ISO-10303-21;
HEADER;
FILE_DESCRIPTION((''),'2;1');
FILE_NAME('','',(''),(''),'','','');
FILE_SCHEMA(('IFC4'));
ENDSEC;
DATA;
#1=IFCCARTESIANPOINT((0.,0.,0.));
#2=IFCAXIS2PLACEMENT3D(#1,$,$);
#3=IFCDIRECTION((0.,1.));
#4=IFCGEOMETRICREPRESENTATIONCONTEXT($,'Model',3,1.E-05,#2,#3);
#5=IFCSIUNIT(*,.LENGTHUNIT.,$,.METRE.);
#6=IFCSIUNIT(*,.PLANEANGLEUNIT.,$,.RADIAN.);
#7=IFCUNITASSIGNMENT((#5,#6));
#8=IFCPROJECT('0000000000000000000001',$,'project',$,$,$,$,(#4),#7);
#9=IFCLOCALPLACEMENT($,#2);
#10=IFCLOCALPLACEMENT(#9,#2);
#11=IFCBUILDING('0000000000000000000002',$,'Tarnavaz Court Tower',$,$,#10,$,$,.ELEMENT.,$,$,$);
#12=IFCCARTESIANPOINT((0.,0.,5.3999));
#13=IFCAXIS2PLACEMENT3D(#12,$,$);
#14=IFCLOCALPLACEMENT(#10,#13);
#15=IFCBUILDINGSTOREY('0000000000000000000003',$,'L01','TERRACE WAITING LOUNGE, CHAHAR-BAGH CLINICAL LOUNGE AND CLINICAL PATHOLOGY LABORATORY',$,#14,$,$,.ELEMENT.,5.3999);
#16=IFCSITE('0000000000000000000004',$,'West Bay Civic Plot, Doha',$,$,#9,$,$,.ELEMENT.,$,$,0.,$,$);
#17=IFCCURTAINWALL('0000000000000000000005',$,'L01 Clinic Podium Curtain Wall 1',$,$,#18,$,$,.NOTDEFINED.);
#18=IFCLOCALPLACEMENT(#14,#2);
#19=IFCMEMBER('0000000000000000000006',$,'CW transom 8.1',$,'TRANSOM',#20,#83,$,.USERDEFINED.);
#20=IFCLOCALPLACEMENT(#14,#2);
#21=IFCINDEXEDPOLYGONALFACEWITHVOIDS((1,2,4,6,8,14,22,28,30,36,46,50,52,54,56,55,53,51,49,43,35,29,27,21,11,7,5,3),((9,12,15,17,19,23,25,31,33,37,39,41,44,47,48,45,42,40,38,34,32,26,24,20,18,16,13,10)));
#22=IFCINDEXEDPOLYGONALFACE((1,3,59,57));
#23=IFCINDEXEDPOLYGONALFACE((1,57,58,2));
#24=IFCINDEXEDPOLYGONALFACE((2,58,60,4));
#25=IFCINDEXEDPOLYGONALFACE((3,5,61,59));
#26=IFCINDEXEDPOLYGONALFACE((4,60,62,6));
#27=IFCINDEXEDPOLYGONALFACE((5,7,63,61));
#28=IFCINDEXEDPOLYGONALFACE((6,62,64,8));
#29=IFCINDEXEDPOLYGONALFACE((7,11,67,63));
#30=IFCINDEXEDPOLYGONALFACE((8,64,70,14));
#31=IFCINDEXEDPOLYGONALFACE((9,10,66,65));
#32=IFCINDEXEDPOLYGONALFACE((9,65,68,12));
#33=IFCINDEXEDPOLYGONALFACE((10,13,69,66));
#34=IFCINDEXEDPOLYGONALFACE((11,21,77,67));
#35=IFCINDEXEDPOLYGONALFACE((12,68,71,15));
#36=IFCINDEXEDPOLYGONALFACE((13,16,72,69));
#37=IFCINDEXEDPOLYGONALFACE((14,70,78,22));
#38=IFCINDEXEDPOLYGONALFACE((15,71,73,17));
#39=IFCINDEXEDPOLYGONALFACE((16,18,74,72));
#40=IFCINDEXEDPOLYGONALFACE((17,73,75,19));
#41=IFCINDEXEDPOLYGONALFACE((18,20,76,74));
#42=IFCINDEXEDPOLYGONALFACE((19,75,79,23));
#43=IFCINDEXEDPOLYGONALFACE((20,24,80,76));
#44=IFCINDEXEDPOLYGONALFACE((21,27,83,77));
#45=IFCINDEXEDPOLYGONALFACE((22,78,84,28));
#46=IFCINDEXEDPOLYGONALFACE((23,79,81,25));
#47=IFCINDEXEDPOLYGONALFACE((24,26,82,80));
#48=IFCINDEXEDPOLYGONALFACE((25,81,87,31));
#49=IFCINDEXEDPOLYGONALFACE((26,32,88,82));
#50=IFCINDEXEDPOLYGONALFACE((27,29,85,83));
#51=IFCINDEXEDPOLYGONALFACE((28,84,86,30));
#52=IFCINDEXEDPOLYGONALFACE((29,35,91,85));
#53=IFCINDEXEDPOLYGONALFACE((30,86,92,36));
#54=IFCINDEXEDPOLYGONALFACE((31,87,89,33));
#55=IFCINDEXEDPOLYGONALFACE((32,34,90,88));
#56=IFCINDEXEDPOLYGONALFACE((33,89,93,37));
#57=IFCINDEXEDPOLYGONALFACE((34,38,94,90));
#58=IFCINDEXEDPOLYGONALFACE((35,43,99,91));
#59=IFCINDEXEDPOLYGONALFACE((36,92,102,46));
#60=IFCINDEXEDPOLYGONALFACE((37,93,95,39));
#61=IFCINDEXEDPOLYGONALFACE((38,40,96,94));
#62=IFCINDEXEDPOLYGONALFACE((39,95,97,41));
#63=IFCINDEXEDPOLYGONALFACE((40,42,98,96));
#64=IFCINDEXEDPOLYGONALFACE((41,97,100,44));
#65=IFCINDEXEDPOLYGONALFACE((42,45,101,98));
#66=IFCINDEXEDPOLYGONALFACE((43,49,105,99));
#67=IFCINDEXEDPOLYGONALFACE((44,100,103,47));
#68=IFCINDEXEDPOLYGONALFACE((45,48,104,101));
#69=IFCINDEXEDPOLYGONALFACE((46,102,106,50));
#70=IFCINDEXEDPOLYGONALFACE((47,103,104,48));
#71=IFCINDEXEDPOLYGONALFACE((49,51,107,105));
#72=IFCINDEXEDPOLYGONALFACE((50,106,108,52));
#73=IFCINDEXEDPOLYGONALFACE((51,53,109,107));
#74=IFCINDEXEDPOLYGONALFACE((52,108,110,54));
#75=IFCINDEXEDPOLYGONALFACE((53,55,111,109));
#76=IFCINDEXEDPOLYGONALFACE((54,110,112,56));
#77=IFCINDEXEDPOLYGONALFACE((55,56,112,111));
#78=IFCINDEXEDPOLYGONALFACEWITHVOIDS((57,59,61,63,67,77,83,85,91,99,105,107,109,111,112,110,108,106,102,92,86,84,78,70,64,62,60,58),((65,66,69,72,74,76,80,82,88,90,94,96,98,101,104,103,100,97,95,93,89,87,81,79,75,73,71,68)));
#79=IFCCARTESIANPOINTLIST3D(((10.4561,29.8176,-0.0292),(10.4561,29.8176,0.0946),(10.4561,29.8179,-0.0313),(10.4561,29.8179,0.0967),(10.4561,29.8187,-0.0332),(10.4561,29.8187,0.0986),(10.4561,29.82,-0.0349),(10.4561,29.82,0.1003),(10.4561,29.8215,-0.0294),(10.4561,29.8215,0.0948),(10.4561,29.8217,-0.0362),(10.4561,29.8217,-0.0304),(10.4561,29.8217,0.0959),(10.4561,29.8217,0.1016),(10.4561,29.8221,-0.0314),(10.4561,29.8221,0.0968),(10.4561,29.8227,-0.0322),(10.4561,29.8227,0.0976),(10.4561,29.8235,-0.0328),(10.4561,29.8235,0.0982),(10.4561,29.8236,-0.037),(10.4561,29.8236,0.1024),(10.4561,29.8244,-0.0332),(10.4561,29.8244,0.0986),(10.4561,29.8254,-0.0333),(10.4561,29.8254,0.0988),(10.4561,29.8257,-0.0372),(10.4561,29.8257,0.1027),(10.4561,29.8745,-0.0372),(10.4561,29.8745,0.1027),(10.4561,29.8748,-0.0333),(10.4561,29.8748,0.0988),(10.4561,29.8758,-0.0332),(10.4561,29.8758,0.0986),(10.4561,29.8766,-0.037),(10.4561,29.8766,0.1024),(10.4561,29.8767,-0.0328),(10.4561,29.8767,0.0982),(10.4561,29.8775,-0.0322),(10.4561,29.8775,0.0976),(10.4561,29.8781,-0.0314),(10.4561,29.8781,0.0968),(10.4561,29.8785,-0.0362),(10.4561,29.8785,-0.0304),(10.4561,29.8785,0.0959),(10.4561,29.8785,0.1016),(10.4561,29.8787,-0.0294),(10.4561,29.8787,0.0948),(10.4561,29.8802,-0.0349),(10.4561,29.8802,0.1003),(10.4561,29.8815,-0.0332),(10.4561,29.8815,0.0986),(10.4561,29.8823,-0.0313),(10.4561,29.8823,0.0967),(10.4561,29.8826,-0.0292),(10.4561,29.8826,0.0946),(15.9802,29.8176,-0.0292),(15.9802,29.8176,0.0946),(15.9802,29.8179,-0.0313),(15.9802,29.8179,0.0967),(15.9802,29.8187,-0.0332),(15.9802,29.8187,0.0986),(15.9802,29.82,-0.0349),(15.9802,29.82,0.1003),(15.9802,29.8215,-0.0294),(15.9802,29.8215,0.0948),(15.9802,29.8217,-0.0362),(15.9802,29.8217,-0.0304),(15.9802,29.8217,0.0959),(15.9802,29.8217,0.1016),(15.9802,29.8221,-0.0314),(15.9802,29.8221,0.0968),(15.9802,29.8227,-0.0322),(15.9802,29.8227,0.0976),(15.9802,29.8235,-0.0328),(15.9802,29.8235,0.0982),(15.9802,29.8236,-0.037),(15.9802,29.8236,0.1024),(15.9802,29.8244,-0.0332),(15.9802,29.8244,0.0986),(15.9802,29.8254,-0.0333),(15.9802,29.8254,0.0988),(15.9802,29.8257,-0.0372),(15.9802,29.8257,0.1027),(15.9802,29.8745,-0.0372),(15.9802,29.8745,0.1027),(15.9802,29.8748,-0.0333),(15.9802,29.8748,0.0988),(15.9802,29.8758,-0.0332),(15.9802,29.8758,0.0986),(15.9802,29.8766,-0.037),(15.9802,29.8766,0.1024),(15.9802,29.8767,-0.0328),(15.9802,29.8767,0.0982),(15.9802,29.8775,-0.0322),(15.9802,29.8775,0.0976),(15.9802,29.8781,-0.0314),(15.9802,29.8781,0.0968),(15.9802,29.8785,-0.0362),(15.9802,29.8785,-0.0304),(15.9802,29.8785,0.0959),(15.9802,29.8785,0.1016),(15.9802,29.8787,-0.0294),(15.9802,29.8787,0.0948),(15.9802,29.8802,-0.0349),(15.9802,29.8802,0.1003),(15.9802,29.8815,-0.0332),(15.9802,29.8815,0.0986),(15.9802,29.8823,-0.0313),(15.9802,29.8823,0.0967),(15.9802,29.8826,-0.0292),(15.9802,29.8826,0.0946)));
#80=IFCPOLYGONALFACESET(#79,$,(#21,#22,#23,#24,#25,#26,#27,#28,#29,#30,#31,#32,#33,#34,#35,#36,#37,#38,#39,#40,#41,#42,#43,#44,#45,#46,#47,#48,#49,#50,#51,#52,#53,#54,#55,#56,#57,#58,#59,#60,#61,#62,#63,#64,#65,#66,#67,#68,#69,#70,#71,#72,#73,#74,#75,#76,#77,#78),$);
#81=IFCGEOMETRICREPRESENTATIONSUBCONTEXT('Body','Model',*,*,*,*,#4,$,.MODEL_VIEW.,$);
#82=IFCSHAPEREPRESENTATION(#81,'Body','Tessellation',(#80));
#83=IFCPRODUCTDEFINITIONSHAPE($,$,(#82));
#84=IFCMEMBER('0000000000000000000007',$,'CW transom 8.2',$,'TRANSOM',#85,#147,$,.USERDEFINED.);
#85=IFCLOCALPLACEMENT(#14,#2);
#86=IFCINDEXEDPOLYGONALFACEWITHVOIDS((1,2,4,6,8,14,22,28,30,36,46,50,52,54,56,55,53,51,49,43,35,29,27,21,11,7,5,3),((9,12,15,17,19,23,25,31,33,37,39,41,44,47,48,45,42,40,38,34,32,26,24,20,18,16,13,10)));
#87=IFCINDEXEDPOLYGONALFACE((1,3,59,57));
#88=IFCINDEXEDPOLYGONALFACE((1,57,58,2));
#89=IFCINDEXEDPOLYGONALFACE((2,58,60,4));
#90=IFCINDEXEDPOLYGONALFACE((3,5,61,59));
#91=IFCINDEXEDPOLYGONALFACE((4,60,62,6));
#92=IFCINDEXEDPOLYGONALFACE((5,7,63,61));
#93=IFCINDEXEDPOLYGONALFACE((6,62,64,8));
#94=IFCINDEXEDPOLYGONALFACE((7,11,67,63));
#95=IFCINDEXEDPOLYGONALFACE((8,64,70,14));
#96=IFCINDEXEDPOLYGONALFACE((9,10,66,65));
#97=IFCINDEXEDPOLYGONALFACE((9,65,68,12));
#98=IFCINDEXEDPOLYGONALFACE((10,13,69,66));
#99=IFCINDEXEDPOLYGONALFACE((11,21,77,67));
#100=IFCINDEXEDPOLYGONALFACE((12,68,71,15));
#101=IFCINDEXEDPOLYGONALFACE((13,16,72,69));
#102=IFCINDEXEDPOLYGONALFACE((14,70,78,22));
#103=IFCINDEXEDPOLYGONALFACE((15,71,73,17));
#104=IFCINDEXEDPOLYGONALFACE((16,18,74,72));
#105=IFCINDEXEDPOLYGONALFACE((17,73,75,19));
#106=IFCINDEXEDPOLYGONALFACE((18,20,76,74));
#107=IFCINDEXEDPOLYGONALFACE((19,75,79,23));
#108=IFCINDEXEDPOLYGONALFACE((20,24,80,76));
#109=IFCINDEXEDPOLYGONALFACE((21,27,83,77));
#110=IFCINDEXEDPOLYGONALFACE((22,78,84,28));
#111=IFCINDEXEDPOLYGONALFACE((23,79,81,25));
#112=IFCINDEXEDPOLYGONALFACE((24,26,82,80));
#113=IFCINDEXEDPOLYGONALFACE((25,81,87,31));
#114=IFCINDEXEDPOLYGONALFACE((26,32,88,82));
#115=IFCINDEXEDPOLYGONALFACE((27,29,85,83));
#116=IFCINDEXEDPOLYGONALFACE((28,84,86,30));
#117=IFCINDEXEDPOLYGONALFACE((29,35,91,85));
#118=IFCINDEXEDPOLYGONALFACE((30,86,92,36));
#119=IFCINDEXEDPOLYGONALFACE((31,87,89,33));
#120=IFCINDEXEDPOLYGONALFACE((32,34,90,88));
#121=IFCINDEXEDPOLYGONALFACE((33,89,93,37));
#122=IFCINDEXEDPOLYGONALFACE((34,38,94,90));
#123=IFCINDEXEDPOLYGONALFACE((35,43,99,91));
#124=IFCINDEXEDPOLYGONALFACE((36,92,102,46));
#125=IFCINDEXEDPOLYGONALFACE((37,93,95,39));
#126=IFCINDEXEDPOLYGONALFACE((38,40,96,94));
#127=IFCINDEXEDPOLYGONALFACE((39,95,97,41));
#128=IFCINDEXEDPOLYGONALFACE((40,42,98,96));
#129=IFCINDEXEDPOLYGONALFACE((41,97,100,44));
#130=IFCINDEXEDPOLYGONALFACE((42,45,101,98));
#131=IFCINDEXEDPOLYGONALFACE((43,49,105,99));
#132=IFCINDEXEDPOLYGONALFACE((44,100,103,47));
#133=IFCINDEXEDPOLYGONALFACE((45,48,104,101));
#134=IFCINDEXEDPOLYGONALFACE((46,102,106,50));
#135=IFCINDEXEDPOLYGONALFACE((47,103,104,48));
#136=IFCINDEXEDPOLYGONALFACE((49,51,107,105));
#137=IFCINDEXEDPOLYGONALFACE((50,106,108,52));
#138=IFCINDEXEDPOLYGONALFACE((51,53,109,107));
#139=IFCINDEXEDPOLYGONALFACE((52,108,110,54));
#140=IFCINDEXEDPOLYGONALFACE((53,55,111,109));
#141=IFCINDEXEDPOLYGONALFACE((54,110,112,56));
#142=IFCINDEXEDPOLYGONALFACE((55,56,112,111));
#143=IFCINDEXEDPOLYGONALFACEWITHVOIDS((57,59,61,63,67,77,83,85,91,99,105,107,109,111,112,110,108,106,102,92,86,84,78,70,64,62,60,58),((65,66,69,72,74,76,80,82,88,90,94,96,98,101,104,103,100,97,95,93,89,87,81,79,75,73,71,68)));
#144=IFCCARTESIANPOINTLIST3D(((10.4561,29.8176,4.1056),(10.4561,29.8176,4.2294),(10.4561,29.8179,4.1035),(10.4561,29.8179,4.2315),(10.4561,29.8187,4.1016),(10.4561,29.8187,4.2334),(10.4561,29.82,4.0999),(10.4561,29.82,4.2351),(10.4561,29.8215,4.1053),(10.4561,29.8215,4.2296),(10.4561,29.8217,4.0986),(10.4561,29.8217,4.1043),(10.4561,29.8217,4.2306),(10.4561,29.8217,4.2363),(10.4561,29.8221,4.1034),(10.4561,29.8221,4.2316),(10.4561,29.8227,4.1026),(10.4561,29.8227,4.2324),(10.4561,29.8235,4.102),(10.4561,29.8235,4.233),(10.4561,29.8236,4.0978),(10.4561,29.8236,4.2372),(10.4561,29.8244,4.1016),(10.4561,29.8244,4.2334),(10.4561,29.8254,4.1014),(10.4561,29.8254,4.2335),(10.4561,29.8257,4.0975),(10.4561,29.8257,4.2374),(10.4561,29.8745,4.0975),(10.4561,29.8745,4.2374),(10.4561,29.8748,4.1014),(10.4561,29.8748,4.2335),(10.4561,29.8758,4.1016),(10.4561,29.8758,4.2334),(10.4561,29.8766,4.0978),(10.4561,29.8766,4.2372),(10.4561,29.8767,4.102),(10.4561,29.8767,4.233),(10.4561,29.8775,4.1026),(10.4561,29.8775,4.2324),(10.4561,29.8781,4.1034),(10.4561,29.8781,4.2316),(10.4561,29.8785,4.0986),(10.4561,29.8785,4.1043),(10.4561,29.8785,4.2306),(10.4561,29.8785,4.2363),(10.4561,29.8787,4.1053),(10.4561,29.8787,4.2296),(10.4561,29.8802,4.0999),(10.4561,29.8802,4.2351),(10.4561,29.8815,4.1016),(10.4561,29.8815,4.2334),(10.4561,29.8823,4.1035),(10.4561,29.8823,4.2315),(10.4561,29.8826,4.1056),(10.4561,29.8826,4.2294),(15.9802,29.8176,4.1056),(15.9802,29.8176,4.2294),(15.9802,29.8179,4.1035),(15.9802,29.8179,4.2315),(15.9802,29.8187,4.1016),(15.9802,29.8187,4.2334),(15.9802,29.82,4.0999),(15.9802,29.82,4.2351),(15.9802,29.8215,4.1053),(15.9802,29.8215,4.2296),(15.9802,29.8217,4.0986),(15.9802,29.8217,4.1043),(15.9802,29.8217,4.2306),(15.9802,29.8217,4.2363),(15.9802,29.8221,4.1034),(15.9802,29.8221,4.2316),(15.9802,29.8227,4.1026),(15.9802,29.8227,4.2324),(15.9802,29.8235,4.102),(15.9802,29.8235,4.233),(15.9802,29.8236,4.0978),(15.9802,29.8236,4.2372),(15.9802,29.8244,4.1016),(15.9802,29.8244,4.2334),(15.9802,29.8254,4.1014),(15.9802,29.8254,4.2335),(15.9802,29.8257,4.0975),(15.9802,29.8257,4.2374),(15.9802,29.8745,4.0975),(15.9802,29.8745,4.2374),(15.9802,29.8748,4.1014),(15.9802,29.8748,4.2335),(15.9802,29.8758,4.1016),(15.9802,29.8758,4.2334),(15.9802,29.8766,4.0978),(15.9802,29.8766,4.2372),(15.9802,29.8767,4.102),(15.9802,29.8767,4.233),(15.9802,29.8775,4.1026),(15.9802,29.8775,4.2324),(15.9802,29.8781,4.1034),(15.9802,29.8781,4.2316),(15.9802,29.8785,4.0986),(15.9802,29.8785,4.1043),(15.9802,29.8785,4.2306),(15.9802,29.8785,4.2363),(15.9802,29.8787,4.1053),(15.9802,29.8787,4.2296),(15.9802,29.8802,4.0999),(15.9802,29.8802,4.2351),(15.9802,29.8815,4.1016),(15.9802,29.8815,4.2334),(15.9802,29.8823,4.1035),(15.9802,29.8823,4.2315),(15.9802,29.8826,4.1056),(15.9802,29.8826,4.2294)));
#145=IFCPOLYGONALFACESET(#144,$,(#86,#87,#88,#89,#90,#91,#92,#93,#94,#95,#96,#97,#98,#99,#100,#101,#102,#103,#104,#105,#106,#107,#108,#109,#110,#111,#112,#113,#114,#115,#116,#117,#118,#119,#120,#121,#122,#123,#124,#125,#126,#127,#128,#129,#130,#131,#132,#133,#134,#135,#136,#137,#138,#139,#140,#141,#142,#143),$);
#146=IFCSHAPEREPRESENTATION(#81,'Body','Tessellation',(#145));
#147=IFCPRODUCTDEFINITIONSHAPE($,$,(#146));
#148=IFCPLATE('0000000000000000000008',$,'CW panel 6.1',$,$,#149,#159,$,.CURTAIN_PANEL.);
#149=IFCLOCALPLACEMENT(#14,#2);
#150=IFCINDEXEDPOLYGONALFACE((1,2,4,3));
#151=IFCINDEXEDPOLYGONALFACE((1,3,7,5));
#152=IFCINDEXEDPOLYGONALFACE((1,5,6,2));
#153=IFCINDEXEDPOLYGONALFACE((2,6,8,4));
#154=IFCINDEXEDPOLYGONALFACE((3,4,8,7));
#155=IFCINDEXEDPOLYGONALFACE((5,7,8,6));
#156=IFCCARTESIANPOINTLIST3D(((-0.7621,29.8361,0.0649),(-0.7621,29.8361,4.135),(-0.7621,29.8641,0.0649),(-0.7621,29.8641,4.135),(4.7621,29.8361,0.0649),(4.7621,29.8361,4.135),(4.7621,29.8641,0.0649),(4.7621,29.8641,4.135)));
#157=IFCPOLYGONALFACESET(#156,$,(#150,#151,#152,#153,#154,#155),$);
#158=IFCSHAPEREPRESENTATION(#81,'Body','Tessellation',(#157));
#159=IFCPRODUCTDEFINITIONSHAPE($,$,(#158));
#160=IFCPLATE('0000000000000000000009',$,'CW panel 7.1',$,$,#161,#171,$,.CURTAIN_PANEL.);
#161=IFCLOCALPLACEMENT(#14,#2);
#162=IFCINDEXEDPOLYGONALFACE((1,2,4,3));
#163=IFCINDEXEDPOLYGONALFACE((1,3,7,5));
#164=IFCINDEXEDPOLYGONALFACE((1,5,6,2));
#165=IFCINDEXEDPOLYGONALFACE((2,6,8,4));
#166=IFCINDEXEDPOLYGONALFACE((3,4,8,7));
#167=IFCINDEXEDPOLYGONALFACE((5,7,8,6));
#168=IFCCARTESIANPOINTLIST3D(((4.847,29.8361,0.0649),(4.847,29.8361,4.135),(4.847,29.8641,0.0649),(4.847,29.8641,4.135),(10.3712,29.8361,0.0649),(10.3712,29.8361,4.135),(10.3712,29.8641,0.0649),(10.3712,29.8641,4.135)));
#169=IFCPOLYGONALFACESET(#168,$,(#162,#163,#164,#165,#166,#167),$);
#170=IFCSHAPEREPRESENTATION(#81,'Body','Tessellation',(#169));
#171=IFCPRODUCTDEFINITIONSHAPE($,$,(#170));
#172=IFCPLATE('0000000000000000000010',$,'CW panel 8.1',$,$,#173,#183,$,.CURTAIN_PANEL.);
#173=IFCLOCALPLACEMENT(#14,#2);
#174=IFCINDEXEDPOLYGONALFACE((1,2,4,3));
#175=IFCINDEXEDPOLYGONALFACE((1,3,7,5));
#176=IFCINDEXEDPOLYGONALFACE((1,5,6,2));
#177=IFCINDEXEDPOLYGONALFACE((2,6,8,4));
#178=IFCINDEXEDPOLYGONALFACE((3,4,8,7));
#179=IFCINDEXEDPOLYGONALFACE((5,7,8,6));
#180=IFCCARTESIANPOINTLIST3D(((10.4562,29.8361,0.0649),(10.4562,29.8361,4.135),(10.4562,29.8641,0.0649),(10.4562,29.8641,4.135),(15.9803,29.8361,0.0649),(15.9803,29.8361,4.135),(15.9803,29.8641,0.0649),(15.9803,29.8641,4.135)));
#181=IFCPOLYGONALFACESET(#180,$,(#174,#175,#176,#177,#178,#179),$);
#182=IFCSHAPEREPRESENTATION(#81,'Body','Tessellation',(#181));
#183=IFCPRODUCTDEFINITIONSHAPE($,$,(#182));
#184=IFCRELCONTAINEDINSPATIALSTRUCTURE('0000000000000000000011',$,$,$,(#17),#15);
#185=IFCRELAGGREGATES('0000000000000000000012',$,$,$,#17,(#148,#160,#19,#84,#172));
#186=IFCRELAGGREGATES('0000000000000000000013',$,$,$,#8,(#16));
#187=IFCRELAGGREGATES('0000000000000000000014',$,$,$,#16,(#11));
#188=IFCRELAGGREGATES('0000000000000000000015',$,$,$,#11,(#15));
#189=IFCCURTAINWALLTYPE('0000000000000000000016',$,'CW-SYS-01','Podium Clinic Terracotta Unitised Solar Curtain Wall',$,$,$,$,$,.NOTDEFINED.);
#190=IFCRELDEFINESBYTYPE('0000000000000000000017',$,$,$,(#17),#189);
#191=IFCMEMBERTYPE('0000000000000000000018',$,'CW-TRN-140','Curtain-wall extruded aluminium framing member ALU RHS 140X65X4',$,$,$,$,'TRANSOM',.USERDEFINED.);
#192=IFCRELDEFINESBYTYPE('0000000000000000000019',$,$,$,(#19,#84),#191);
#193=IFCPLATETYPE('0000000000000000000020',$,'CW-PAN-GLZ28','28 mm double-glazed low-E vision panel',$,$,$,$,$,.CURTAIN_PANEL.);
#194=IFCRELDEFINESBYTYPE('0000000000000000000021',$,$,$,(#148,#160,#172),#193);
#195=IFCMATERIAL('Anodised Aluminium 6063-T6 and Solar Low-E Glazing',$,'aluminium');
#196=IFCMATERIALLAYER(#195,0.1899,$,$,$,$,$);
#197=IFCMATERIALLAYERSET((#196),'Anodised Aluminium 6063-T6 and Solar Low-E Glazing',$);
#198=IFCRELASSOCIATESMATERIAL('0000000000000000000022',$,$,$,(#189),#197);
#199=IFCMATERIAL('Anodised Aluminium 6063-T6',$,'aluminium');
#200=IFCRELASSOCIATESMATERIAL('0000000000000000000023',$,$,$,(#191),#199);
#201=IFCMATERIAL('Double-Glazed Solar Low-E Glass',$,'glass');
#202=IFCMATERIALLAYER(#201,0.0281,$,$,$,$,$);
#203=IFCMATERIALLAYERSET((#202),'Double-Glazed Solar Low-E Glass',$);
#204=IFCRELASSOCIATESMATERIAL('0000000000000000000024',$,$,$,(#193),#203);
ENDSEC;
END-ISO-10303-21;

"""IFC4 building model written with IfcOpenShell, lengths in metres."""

from ifc_helpers import new_model, si_unit, direction, frame, origin, origin_2d, place, context, subcontext, project, spatial, rectangle, hollow_rectangle, extrude, material, layer, layer_set, material_profile, profile_set, type_object, element, aggregate, save


model = new_model("IFC4")

# Units and contexts
model_context = context("Model", 3, precision=1e-05, world=origin(), true_north=direction((0.0, 1.0)))
body_context = subcontext(model_context, "Body", "Model", "MODEL_VIEW")
ifc_project = project(units=[si_unit("LENGTHUNIT", "METRE"), si_unit("PLANEANGLEUNIT", "RADIAN")], contexts=[model_context])

# Site, building, storey
site_placement = place(None, origin())
site = spatial("IfcSite", under=ifc_project, at=site_placement, Name="West Bay Civic Plot, Doha", CompositionType="ELEMENT", RefElevation=0.0)
building_placement = place(site_placement, origin())
building = spatial("IfcBuilding", under=site, at=building_placement, Name="Tarnavaz Court Tower", CompositionType="ELEMENT")
storey_placement = place(building_placement, frame((0.0, 0.0, 5.3999)))
storey = spatial("IfcBuildingStorey", under=building, at=storey_placement, Name="L01", Description="TERRACE WAITING LOUNGE, CHAHAR-BAGH CLINICAL LOUNGE AND CLINICAL PATHOLOGY LABORATORY", CompositionType="ELEMENT", Elevation=5.3999)

# Curtain wall, members, plates
ifc_material_1 = material(Name="Anodised Aluminium 6063-T6 and Solar Low-E Glazing", Category="aluminium")
ifc_layer_1 = layer(ifc_material_1, 0.1899)
ifc_layer_set_1 = layer_set([ifc_layer_1], Name="Anodised Aluminium 6063-T6 and Solar Low-E Glazing")
curtain_wall_type = type_object("IfcCurtainWallType", Name="CW-SYS-01", Description="Podium Clinic Terracotta Unitised Solar Curtain Wall", PredefinedType="NOTDEFINED", material=ifc_layer_set_1)
curtain_wall_placement = place(storey_placement, origin())
curtain_wall = element("IfcCurtainWall", 1, at=curtain_wall_placement, inside=storey, type_object=curtain_wall_type, Name="L01 Clinic Podium Curtain Wall 1", PredefinedType="NOTDEFINED")
ifc_material_2 = material(Name="Anodised Aluminium 6063-T6", Category="aluminium")
ifc_material_profile_1 = material_profile(ifc_material_2, hollow_rectangle(XDim=0.0649, YDim=0.1399, WallThickness=0.0039, InnerFilletRadius=0.0039, OuterFilletRadius=0.0081, at=origin_2d()), Name="ALU RHS 140X65X4")
ifc_profile_set_1 = profile_set([ifc_material_profile_1], Name="Anodised Aluminium 6063-T6")
member_type_1 = type_object("IfcMemberType", Name="CW-TRN-140", Description="Curtain-wall extruded aluminium framing member ALU RHS 140X65X4", ElementType="TRANSOM", PredefinedType="USERDEFINED", material=ifc_profile_set_1)
member_1_placement = place(storey_placement, frame((10.4561, 29.8501, 0.0327), z_axis=(1.0, 0.0, 0.0), x_axis=(0.0, 1.0, 0.0)))
member_1 = element("IfcMember", 2, at=member_1_placement, type_object=member_type_1, Name="CW transom 8.1", ObjectType="TRANSOM", PredefinedType="USERDEFINED", context=body_context, shape_type="SweptSolid", body=[
    extrude(hollow_rectangle(XDim=0.0649, YDim=0.1399, WallThickness=0.0039, InnerFilletRadius=0.0039, OuterFilletRadius=0.0081, at=origin_2d()), origin(), (0.0, 0.0, 1.0), 5.5242),
])
member_2_placement = place(storey_placement, frame((10.4561, 29.8501, 4.1675), z_axis=(1.0, 0.0, 0.0), x_axis=(0.0, 1.0, 0.0)))
member_2 = element("IfcMember", 3, at=member_2_placement, type_object=member_type_1, Name="CW transom 8.2", ObjectType="TRANSOM", PredefinedType="USERDEFINED", context=body_context, shape_type="SweptSolid", body=[
    extrude(hollow_rectangle(XDim=0.0649, YDim=0.1399, WallThickness=0.0039, InnerFilletRadius=0.0039, OuterFilletRadius=0.0081, at=origin_2d()), origin(), (0.0, 0.0, 1.0), 5.5242),
])
ifc_material_3 = material(Name="Double-Glazed Solar Low-E Glass", Category="glass")
ifc_layer_2 = layer(ifc_material_3, 0.0281)
ifc_layer_set_2 = layer_set([ifc_layer_2], Name="Double-Glazed Solar Low-E Glass")
plate_type = type_object("IfcPlateType", Name="CW-PAN-GLZ28", Description="28 mm double-glazed low-E vision panel", PredefinedType="CURTAIN_PANEL", material=ifc_layer_set_2)
plate_1_placement = place(storey_placement, frame((2.0, 29.8501, 0.0649), z_axis=(0.0, 0.0, 1.0), x_axis=(1.0, 0.0, 0.0)))
plate_1 = element("IfcPlate", 4, at=plate_1_placement, type_object=plate_type, Name="CW panel 6.1", PredefinedType="CURTAIN_PANEL", context=body_context, shape_type="SweptSolid", body=[
    extrude(rectangle(XDim=5.5242, YDim=0.0281, at=origin_2d()), origin(), (0.0, 0.0, 1.0), 4.0701),
])
plate_2_placement = place(storey_placement, frame((7.6091, 29.8501, 0.0649), z_axis=(0.0, 0.0, 1.0), x_axis=(1.0, 0.0, 0.0)))
plate_2 = element("IfcPlate", 5, at=plate_2_placement, type_object=plate_type, Name="CW panel 7.1", PredefinedType="CURTAIN_PANEL", context=body_context, shape_type="SweptSolid", body=[
    extrude(rectangle(XDim=5.5242, YDim=0.0281, at=origin_2d()), origin(), (0.0, 0.0, 1.0), 4.0701),
])
plate_3_placement = place(storey_placement, frame((13.2183, 29.8501, 0.0649), z_axis=(0.0, 0.0, 1.0), x_axis=(1.0, 0.0, 0.0)))
plate_3 = element("IfcPlate", 6, at=plate_3_placement, type_object=plate_type, Name="CW panel 8.1", PredefinedType="CURTAIN_PANEL", context=body_context, shape_type="SweptSolid", body=[
    extrude(rectangle(XDim=5.5242, YDim=0.0281, at=origin_2d()), origin(), (0.0, 0.0, 1.0), 4.0701),
])
aggregate(curtain_wall, [plate_1, plate_2, member_1, member_2, plate_3])

save(model, "model.ifc")
